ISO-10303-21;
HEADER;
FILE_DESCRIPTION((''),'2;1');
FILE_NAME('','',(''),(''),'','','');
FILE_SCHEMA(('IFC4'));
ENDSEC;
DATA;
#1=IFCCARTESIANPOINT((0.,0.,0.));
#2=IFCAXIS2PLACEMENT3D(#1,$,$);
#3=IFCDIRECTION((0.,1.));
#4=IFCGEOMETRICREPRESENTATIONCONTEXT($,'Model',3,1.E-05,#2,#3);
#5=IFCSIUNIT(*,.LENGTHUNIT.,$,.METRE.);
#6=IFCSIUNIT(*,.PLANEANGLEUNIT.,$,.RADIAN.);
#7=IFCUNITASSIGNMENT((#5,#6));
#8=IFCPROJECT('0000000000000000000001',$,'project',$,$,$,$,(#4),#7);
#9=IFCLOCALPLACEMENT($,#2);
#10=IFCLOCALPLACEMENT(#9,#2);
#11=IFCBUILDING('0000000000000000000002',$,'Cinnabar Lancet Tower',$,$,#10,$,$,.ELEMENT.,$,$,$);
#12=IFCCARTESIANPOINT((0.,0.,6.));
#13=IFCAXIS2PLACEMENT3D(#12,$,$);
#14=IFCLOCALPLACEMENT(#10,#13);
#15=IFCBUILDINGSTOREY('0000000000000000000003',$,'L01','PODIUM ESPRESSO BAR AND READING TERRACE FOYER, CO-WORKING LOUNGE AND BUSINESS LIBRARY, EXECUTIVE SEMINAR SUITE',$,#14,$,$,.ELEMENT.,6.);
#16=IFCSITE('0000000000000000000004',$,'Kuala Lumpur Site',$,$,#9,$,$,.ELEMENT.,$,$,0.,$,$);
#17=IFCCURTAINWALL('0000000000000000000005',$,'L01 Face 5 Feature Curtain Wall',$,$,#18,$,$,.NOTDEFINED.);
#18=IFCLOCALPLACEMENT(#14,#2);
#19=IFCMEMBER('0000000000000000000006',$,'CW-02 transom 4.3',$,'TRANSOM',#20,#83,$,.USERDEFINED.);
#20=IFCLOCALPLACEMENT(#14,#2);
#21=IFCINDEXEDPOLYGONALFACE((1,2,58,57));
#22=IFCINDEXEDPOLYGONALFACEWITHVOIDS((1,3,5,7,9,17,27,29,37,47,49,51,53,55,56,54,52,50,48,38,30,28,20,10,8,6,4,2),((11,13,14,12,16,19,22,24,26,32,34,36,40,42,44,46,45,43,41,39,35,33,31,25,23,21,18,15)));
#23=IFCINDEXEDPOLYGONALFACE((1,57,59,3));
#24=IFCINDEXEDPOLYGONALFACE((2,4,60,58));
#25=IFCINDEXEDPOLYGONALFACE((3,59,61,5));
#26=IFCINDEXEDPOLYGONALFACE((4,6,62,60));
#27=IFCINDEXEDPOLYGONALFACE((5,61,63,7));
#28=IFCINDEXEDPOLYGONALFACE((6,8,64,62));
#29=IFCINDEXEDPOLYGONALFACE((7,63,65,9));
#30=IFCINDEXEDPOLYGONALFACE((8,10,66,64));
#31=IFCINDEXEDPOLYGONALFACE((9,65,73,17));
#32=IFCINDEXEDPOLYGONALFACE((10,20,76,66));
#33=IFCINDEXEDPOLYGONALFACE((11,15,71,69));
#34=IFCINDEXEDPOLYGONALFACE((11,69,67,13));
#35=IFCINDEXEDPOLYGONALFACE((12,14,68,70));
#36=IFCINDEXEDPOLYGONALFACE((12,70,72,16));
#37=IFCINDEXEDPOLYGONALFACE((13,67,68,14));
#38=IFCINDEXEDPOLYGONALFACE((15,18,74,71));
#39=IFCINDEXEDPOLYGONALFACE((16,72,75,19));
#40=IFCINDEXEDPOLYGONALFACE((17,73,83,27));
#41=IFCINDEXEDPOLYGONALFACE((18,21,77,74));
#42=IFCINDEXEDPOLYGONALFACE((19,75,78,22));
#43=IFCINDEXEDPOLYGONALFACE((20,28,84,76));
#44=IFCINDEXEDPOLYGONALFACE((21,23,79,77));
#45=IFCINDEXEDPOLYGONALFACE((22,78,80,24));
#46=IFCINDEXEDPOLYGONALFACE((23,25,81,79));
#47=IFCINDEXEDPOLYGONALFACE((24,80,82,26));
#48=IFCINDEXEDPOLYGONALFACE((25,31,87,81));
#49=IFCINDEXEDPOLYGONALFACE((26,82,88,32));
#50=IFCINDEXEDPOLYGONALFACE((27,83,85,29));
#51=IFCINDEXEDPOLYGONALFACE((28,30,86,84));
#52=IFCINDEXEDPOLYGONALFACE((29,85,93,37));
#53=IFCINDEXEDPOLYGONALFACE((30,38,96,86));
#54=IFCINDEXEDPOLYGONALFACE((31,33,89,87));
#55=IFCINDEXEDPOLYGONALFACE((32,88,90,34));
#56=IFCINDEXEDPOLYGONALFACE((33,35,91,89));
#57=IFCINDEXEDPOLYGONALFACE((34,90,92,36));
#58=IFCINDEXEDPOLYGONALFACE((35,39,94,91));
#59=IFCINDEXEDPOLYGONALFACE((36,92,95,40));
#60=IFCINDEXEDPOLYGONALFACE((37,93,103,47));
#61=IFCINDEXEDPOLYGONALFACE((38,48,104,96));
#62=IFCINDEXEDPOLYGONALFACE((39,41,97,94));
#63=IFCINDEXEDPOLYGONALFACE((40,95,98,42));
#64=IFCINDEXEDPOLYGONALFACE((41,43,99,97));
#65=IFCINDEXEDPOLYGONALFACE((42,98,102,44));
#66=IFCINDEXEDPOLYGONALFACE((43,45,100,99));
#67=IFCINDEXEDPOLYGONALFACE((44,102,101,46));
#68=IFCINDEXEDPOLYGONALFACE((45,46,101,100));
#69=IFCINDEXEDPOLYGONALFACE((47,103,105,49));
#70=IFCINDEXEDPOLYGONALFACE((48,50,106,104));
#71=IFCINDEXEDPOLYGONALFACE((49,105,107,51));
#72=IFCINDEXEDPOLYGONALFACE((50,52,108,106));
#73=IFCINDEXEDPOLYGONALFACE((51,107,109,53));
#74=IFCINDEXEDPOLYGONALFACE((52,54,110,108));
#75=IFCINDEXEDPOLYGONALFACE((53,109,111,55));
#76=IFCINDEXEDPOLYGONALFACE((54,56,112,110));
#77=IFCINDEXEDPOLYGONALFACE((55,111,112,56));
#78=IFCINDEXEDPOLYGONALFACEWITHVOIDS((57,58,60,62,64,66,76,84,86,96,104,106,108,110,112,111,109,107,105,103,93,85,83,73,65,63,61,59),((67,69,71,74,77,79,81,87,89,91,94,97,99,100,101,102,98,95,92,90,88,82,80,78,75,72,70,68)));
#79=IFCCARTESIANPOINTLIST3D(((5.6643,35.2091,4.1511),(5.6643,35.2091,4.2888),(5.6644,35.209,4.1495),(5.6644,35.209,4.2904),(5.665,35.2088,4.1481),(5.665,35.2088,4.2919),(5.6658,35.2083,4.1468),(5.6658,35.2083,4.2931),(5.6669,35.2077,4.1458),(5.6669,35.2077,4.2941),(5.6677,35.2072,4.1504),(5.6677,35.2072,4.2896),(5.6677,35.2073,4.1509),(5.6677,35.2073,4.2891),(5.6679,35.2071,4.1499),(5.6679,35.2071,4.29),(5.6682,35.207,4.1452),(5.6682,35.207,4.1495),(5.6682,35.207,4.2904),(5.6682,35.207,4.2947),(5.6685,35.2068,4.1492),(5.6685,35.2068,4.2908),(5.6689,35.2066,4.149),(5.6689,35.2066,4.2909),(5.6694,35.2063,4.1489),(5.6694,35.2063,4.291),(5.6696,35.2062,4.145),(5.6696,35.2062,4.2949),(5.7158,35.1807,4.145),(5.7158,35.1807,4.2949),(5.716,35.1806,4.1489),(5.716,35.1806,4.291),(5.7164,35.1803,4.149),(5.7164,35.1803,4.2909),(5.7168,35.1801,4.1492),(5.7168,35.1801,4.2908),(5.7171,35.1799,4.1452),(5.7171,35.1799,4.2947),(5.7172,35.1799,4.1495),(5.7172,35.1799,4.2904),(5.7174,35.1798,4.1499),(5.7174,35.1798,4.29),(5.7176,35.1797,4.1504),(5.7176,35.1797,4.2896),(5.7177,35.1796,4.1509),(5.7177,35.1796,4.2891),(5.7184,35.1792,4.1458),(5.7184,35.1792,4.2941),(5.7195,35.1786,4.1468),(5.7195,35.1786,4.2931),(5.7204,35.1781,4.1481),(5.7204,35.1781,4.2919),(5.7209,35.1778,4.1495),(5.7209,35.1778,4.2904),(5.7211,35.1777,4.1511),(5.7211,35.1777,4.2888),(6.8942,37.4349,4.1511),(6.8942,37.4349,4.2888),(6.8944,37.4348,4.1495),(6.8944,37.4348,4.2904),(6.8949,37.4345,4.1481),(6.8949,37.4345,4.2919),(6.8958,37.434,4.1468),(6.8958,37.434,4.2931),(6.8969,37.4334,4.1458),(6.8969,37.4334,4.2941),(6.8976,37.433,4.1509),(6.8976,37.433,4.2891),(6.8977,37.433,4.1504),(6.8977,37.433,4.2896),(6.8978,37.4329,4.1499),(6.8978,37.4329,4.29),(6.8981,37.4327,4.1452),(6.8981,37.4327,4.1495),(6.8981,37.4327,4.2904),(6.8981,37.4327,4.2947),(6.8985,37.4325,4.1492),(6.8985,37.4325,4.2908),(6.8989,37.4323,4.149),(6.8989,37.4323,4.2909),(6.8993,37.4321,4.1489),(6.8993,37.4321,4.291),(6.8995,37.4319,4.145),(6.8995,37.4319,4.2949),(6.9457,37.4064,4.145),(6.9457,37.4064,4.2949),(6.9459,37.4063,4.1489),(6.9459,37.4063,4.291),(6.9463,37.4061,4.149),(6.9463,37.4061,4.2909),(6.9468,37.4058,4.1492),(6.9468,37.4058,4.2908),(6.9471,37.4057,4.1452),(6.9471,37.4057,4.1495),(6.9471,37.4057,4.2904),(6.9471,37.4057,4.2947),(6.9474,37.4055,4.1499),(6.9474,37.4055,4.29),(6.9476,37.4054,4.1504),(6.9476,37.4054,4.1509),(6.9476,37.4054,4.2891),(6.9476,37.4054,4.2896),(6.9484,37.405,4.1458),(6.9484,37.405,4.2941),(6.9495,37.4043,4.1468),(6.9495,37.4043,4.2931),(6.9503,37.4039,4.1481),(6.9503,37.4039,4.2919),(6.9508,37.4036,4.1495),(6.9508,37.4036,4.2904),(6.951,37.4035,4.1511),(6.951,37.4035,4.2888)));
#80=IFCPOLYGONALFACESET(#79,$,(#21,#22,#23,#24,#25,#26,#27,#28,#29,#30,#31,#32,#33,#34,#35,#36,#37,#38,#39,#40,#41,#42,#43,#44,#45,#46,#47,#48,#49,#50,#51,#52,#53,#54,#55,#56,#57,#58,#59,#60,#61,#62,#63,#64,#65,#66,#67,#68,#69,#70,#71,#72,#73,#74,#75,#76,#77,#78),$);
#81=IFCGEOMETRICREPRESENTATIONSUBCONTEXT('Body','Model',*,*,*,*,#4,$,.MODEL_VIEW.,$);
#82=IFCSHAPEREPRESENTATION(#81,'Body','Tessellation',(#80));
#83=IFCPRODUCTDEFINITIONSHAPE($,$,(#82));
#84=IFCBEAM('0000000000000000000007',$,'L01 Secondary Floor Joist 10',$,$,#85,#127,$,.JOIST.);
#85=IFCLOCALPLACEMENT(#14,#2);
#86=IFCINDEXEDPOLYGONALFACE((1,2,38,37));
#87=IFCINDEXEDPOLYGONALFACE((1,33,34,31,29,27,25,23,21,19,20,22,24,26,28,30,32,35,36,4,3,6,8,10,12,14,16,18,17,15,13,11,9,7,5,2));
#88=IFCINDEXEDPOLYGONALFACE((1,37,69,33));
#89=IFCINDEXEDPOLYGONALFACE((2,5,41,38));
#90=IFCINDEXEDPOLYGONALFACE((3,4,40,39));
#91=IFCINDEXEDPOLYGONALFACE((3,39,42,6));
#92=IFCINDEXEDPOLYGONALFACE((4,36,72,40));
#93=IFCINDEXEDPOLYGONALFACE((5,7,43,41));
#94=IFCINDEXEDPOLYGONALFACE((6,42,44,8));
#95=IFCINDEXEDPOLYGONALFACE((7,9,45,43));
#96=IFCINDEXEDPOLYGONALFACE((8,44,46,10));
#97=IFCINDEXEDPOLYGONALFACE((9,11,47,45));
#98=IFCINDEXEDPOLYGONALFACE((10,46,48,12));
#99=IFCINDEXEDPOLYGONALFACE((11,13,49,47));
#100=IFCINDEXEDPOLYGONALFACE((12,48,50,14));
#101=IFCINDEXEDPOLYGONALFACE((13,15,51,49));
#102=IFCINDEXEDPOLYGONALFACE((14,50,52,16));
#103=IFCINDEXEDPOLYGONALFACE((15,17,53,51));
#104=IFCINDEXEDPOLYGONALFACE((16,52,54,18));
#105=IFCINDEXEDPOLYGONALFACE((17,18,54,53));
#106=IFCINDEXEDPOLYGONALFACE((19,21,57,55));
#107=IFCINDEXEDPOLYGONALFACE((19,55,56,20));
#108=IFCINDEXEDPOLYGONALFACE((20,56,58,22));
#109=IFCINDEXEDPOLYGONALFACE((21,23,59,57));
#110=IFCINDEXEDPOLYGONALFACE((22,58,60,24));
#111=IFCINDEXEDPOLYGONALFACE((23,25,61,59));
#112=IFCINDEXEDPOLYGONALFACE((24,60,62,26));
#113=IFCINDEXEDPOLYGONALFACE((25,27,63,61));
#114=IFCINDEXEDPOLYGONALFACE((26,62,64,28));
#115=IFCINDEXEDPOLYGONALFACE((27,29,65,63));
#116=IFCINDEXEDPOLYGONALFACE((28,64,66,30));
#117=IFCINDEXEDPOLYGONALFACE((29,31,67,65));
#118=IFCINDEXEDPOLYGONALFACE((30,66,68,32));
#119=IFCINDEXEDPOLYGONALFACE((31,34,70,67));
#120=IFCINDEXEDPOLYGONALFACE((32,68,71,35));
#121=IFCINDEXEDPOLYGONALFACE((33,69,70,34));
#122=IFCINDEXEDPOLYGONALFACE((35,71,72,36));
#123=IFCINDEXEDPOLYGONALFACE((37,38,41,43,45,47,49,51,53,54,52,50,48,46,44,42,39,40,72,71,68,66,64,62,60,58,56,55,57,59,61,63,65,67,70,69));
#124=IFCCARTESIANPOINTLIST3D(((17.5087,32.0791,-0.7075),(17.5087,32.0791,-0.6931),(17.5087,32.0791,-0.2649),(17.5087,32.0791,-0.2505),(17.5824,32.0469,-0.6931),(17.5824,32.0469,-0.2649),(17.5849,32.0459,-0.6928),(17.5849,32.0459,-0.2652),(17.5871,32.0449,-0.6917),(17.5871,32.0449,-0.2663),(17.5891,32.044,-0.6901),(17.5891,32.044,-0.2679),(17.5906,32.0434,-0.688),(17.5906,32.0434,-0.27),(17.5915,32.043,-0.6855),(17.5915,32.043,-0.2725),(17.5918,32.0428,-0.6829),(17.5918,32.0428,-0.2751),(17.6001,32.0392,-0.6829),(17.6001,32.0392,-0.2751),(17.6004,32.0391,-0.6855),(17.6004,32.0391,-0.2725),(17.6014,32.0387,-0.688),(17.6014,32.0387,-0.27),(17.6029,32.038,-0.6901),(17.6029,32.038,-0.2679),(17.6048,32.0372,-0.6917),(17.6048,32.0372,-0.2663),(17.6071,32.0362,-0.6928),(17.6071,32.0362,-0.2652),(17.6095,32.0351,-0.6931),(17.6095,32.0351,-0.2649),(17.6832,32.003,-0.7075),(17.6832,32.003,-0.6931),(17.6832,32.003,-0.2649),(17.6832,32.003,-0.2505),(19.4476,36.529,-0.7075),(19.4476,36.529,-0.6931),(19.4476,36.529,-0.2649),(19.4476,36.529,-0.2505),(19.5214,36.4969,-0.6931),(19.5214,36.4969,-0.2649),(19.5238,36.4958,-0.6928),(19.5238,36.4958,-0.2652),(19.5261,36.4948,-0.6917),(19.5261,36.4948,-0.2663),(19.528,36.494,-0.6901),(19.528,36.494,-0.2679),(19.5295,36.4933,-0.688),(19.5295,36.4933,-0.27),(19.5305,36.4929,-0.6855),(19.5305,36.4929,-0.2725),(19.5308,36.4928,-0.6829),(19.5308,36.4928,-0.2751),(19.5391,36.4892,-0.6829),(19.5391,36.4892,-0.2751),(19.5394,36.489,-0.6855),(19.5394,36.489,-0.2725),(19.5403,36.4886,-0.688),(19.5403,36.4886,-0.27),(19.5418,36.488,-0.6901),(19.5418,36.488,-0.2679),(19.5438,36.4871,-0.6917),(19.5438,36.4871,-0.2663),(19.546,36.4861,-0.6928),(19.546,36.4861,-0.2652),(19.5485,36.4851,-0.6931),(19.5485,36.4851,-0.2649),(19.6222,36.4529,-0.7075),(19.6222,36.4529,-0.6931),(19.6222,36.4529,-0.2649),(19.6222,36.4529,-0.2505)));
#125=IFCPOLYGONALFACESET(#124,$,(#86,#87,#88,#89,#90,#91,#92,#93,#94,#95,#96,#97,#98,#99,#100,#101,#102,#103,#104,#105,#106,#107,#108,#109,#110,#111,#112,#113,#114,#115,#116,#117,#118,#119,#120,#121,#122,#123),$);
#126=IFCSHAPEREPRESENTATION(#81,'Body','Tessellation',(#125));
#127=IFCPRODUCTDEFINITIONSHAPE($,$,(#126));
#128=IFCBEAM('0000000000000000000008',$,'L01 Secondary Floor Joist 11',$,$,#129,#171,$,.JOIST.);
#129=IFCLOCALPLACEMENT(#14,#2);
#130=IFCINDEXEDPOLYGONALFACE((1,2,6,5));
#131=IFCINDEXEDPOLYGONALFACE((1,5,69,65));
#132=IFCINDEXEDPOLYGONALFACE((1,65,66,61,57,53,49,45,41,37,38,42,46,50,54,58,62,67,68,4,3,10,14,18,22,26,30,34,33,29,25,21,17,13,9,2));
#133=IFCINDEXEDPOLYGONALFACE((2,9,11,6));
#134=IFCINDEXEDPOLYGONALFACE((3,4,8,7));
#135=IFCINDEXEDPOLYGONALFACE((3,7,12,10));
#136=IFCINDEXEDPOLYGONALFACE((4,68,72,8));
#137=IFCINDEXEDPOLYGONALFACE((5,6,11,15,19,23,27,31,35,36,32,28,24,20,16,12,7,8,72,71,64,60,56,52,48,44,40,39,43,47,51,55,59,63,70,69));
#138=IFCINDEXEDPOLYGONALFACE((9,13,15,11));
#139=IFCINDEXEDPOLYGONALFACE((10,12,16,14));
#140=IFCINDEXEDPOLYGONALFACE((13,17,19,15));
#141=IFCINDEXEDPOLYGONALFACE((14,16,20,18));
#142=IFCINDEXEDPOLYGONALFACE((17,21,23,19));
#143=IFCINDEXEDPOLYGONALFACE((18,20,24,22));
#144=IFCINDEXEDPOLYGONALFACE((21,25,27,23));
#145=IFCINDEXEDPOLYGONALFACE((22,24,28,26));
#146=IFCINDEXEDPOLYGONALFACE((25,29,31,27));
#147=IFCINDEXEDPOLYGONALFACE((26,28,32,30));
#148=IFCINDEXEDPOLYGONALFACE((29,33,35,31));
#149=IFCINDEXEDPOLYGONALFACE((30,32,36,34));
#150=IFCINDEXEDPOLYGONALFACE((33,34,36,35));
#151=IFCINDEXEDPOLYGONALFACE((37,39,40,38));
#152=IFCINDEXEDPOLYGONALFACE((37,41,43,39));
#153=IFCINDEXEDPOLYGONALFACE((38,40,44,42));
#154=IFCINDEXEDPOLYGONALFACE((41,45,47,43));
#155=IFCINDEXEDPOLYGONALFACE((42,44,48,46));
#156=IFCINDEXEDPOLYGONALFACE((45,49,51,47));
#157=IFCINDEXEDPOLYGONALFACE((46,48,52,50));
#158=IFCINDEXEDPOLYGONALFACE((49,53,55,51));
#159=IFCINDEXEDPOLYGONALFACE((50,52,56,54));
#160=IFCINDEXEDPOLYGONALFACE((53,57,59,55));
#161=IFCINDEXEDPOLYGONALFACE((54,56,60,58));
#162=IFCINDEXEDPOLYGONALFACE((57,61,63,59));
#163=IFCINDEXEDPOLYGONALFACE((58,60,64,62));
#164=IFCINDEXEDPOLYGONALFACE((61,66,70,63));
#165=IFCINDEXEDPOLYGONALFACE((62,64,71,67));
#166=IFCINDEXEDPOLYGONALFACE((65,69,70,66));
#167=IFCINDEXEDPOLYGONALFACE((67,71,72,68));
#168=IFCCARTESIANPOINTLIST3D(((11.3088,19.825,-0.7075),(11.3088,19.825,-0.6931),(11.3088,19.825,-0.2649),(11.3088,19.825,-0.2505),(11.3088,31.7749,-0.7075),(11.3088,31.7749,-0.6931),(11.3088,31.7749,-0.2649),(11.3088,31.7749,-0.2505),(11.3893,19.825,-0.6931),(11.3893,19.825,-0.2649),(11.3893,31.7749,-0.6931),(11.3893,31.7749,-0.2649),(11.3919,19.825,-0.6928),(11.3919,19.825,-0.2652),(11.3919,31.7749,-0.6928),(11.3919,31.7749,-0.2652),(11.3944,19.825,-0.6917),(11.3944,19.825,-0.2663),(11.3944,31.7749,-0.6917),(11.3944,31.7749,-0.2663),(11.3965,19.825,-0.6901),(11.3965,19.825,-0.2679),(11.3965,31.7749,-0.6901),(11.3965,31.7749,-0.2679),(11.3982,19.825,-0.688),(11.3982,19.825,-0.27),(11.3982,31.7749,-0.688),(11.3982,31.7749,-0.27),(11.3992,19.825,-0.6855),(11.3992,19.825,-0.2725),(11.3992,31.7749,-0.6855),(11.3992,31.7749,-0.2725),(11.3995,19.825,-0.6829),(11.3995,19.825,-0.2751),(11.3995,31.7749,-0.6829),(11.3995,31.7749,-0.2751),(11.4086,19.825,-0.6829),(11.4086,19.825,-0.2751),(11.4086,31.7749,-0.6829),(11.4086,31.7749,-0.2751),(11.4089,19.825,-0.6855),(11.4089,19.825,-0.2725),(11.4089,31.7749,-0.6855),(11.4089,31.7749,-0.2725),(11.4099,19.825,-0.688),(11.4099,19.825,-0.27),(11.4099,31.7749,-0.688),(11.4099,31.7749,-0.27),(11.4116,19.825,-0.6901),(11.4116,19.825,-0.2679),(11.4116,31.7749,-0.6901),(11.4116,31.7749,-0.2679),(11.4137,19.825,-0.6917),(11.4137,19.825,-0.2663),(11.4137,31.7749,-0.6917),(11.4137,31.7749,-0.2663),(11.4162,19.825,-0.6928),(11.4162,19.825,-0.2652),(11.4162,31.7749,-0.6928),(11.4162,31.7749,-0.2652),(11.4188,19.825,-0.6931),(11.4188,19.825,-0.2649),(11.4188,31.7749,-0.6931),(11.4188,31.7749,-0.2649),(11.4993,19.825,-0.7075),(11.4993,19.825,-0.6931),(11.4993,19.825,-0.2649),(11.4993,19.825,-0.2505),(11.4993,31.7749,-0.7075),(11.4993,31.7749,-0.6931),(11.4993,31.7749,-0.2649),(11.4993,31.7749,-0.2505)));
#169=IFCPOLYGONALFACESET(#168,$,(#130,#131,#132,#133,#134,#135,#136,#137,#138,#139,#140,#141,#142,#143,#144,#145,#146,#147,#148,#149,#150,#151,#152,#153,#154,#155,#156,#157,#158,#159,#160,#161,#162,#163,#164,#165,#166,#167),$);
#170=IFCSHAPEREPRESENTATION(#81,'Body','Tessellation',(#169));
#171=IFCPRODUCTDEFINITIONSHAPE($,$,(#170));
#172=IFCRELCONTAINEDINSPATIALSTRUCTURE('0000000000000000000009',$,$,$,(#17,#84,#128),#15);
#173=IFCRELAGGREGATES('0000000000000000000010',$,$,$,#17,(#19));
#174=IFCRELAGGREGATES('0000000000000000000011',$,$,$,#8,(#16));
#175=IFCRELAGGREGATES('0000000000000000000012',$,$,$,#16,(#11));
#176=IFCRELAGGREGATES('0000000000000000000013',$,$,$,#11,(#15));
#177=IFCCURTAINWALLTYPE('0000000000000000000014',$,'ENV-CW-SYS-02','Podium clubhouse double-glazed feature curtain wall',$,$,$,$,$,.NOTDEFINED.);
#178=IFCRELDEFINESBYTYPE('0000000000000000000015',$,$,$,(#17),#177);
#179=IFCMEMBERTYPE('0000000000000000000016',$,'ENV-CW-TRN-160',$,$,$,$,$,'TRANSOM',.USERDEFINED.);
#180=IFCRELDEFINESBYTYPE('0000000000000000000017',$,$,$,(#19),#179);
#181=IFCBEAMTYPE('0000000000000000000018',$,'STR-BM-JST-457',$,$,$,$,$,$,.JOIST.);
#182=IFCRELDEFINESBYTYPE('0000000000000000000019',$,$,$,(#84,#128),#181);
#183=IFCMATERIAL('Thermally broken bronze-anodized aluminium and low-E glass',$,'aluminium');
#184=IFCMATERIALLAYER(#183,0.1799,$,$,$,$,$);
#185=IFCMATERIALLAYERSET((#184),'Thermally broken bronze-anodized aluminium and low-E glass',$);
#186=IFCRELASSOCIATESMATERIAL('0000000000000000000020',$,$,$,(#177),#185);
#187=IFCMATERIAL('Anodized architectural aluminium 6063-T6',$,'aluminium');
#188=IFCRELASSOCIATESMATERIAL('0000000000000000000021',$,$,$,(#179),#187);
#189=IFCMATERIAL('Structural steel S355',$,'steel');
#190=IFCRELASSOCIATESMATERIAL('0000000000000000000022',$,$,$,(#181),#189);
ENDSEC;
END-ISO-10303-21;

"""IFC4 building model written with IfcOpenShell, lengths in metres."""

from ifc_helpers import new_model, si_unit, direction, frame, origin, origin_2d, place, context, subcontext, project, spatial, hollow_rectangle, i_section, extrude, material, layer, layer_set, material_profile, profile_set, type_object, element, aggregate, save


model = new_model("IFC4")

# Units and contexts
model_context = context("Model", 3, precision=1e-05, world=origin(), true_north=direction((0.0, 1.0)))
body_context = subcontext(model_context, "Body", "Model", "MODEL_VIEW")
ifc_project = project(units=[si_unit("LENGTHUNIT", "METRE"), si_unit("PLANEANGLEUNIT", "RADIAN")], contexts=[model_context])

# Site, building, storey
site_placement = place(None, origin())
site = spatial("IfcSite", under=ifc_project, at=site_placement, Name="Kuala Lumpur Site", CompositionType="ELEMENT", RefElevation=0.0)
building_placement = place(site_placement, origin())
building = spatial("IfcBuilding", under=site, at=building_placement, Name="Cinnabar Lancet Tower", CompositionType="ELEMENT")
storey_placement = place(building_placement, frame((0.0, 0.0, 6.0)))
storey = spatial("IfcBuildingStorey", under=building, at=storey_placement, Name="L01", Description="PODIUM ESPRESSO BAR AND READING TERRACE FOYER, CO-WORKING LOUNGE AND BUSINESS LIBRARY, EXECUTIVE SEMINAR SUITE", CompositionType="ELEMENT", Elevation=6.0)

# Curtain wall, member
ifc_material_1 = material(Name="Thermally broken bronze-anodized aluminium and low-E glass", Category="aluminium")
ifc_layer_1 = layer(ifc_material_1, 0.1799)
ifc_layer_set_1 = layer_set([ifc_layer_1], Name="Thermally broken bronze-anodized aluminium and low-E glass")
curtain_wall_type = type_object("IfcCurtainWallType", Name="ENV-CW-SYS-02", Description="Podium clubhouse double-glazed feature curtain wall", PredefinedType="NOTDEFINED", material=ifc_layer_set_1)
curtain_wall_placement = place(storey_placement, origin())
curtain_wall = element("IfcCurtainWall", 1, at=curtain_wall_placement, inside=storey, type_object=curtain_wall_type, Name="L01 Face 5 Feature Curtain Wall", PredefinedType="NOTDEFINED")
ifc_material_2 = material(Name="Anodized architectural aluminium 6063-T6", Category="aluminium")
ifc_material_profile_1 = material_profile(ifc_material_2, hollow_rectangle(XDim=0.0649, YDim=0.1499, WallThickness=0.0039, InnerFilletRadius=0.002, OuterFilletRadius=0.0061, at=origin_2d()), Name="CW-TRN 150x65x4")
ifc_profile_set_1 = profile_set([ifc_material_profile_1], Name="Anodized architectural aluminium 6063-T6")
member_type_1 = type_object("IfcMemberType", Name="ENV-CW-TRN-160", ElementType="TRANSOM", PredefinedType="USERDEFINED", material=ifc_profile_set_1)
member_1_placement = place(storey_placement, frame((6.9226, 37.4192, 4.22), z_axis=(-0.483661, -0.875255, 0.0), x_axis=(0.875255, -0.483661, 0.0)))
member_1 = element("IfcMember", 2, at=member_1_placement, type_object=member_type_1, Name="CW-02 transom 4.3", ObjectType="TRANSOM", PredefinedType="USERDEFINED", context=body_context, shape_type="SweptSolid", body=[
    extrude(hollow_rectangle(XDim=0.0649, YDim=0.1499, WallThickness=0.0039, InnerFilletRadius=0.002, OuterFilletRadius=0.0061, at=origin_2d()), origin(), (0.0, 0.0, 1.0), 2.543),
])
aggregate(curtain_wall, [member_1])

# Beams
ifc_material_3 = material(Name="Structural steel S355", Category="steel")
ifc_material_profile_2 = material_profile(ifc_material_3, i_section(OverallWidth=0.1904, OverallDepth=0.457, WebThickness=0.009, FlangeThickness=0.0144, FilletRadius=0.0103, at=origin_2d()), Name="UKB 457x191x74")
ifc_profile_set_2 = profile_set([ifc_material_profile_2], Name="Structural steel S355")
beam_type_1 = type_object("IfcBeamType", Name="STR-BM-JST-457", PredefinedType="JOIST", material=ifc_profile_set_2)
beam_1_placement = place(storey_placement, frame((19.5349, 36.491, -0.479), z_axis=(-0.399454, -0.916753, 0.0), x_axis=(0.916753, -0.399454, 0.0)))
element("IfcBeam", 3, at=beam_1_placement, inside=storey, type_object=beam_type_1, Name="L01 Secondary Floor Joist 10", PredefinedType="JOIST", context=body_context, shape_type="SweptSolid", body=[
    extrude(i_section(OverallWidth=0.1904, OverallDepth=0.457, WebThickness=0.009, FlangeThickness=0.0144, FilletRadius=0.0103, at=origin_2d()), origin(), (0.0, 0.0, 1.0), 4.854),
])
for number, where, z_axis, x_axis, name in (
    (4, (11.4041, 31.7749, -0.479), (0.0, -1.0, 0.0), (1.0, 0.0, 0.0), "L01 Secondary Floor Joist 11"),
):
    element("IfcBeam", number, at=place(storey_placement, frame(where, z_axis=z_axis, x_axis=x_axis)), inside=storey, type_object=beam_type_1, Name=name, PredefinedType="JOIST", context=body_context, shape_type="SweptSolid", body=[
        extrude(i_section(OverallWidth=0.1904, OverallDepth=0.457, WebThickness=0.009, FlangeThickness=0.0144, FilletRadius=0.0103, at=origin_2d()), origin(), (0.0, 0.0, 1.0), 11.95),
    ])

save(model, "model.ifc")
